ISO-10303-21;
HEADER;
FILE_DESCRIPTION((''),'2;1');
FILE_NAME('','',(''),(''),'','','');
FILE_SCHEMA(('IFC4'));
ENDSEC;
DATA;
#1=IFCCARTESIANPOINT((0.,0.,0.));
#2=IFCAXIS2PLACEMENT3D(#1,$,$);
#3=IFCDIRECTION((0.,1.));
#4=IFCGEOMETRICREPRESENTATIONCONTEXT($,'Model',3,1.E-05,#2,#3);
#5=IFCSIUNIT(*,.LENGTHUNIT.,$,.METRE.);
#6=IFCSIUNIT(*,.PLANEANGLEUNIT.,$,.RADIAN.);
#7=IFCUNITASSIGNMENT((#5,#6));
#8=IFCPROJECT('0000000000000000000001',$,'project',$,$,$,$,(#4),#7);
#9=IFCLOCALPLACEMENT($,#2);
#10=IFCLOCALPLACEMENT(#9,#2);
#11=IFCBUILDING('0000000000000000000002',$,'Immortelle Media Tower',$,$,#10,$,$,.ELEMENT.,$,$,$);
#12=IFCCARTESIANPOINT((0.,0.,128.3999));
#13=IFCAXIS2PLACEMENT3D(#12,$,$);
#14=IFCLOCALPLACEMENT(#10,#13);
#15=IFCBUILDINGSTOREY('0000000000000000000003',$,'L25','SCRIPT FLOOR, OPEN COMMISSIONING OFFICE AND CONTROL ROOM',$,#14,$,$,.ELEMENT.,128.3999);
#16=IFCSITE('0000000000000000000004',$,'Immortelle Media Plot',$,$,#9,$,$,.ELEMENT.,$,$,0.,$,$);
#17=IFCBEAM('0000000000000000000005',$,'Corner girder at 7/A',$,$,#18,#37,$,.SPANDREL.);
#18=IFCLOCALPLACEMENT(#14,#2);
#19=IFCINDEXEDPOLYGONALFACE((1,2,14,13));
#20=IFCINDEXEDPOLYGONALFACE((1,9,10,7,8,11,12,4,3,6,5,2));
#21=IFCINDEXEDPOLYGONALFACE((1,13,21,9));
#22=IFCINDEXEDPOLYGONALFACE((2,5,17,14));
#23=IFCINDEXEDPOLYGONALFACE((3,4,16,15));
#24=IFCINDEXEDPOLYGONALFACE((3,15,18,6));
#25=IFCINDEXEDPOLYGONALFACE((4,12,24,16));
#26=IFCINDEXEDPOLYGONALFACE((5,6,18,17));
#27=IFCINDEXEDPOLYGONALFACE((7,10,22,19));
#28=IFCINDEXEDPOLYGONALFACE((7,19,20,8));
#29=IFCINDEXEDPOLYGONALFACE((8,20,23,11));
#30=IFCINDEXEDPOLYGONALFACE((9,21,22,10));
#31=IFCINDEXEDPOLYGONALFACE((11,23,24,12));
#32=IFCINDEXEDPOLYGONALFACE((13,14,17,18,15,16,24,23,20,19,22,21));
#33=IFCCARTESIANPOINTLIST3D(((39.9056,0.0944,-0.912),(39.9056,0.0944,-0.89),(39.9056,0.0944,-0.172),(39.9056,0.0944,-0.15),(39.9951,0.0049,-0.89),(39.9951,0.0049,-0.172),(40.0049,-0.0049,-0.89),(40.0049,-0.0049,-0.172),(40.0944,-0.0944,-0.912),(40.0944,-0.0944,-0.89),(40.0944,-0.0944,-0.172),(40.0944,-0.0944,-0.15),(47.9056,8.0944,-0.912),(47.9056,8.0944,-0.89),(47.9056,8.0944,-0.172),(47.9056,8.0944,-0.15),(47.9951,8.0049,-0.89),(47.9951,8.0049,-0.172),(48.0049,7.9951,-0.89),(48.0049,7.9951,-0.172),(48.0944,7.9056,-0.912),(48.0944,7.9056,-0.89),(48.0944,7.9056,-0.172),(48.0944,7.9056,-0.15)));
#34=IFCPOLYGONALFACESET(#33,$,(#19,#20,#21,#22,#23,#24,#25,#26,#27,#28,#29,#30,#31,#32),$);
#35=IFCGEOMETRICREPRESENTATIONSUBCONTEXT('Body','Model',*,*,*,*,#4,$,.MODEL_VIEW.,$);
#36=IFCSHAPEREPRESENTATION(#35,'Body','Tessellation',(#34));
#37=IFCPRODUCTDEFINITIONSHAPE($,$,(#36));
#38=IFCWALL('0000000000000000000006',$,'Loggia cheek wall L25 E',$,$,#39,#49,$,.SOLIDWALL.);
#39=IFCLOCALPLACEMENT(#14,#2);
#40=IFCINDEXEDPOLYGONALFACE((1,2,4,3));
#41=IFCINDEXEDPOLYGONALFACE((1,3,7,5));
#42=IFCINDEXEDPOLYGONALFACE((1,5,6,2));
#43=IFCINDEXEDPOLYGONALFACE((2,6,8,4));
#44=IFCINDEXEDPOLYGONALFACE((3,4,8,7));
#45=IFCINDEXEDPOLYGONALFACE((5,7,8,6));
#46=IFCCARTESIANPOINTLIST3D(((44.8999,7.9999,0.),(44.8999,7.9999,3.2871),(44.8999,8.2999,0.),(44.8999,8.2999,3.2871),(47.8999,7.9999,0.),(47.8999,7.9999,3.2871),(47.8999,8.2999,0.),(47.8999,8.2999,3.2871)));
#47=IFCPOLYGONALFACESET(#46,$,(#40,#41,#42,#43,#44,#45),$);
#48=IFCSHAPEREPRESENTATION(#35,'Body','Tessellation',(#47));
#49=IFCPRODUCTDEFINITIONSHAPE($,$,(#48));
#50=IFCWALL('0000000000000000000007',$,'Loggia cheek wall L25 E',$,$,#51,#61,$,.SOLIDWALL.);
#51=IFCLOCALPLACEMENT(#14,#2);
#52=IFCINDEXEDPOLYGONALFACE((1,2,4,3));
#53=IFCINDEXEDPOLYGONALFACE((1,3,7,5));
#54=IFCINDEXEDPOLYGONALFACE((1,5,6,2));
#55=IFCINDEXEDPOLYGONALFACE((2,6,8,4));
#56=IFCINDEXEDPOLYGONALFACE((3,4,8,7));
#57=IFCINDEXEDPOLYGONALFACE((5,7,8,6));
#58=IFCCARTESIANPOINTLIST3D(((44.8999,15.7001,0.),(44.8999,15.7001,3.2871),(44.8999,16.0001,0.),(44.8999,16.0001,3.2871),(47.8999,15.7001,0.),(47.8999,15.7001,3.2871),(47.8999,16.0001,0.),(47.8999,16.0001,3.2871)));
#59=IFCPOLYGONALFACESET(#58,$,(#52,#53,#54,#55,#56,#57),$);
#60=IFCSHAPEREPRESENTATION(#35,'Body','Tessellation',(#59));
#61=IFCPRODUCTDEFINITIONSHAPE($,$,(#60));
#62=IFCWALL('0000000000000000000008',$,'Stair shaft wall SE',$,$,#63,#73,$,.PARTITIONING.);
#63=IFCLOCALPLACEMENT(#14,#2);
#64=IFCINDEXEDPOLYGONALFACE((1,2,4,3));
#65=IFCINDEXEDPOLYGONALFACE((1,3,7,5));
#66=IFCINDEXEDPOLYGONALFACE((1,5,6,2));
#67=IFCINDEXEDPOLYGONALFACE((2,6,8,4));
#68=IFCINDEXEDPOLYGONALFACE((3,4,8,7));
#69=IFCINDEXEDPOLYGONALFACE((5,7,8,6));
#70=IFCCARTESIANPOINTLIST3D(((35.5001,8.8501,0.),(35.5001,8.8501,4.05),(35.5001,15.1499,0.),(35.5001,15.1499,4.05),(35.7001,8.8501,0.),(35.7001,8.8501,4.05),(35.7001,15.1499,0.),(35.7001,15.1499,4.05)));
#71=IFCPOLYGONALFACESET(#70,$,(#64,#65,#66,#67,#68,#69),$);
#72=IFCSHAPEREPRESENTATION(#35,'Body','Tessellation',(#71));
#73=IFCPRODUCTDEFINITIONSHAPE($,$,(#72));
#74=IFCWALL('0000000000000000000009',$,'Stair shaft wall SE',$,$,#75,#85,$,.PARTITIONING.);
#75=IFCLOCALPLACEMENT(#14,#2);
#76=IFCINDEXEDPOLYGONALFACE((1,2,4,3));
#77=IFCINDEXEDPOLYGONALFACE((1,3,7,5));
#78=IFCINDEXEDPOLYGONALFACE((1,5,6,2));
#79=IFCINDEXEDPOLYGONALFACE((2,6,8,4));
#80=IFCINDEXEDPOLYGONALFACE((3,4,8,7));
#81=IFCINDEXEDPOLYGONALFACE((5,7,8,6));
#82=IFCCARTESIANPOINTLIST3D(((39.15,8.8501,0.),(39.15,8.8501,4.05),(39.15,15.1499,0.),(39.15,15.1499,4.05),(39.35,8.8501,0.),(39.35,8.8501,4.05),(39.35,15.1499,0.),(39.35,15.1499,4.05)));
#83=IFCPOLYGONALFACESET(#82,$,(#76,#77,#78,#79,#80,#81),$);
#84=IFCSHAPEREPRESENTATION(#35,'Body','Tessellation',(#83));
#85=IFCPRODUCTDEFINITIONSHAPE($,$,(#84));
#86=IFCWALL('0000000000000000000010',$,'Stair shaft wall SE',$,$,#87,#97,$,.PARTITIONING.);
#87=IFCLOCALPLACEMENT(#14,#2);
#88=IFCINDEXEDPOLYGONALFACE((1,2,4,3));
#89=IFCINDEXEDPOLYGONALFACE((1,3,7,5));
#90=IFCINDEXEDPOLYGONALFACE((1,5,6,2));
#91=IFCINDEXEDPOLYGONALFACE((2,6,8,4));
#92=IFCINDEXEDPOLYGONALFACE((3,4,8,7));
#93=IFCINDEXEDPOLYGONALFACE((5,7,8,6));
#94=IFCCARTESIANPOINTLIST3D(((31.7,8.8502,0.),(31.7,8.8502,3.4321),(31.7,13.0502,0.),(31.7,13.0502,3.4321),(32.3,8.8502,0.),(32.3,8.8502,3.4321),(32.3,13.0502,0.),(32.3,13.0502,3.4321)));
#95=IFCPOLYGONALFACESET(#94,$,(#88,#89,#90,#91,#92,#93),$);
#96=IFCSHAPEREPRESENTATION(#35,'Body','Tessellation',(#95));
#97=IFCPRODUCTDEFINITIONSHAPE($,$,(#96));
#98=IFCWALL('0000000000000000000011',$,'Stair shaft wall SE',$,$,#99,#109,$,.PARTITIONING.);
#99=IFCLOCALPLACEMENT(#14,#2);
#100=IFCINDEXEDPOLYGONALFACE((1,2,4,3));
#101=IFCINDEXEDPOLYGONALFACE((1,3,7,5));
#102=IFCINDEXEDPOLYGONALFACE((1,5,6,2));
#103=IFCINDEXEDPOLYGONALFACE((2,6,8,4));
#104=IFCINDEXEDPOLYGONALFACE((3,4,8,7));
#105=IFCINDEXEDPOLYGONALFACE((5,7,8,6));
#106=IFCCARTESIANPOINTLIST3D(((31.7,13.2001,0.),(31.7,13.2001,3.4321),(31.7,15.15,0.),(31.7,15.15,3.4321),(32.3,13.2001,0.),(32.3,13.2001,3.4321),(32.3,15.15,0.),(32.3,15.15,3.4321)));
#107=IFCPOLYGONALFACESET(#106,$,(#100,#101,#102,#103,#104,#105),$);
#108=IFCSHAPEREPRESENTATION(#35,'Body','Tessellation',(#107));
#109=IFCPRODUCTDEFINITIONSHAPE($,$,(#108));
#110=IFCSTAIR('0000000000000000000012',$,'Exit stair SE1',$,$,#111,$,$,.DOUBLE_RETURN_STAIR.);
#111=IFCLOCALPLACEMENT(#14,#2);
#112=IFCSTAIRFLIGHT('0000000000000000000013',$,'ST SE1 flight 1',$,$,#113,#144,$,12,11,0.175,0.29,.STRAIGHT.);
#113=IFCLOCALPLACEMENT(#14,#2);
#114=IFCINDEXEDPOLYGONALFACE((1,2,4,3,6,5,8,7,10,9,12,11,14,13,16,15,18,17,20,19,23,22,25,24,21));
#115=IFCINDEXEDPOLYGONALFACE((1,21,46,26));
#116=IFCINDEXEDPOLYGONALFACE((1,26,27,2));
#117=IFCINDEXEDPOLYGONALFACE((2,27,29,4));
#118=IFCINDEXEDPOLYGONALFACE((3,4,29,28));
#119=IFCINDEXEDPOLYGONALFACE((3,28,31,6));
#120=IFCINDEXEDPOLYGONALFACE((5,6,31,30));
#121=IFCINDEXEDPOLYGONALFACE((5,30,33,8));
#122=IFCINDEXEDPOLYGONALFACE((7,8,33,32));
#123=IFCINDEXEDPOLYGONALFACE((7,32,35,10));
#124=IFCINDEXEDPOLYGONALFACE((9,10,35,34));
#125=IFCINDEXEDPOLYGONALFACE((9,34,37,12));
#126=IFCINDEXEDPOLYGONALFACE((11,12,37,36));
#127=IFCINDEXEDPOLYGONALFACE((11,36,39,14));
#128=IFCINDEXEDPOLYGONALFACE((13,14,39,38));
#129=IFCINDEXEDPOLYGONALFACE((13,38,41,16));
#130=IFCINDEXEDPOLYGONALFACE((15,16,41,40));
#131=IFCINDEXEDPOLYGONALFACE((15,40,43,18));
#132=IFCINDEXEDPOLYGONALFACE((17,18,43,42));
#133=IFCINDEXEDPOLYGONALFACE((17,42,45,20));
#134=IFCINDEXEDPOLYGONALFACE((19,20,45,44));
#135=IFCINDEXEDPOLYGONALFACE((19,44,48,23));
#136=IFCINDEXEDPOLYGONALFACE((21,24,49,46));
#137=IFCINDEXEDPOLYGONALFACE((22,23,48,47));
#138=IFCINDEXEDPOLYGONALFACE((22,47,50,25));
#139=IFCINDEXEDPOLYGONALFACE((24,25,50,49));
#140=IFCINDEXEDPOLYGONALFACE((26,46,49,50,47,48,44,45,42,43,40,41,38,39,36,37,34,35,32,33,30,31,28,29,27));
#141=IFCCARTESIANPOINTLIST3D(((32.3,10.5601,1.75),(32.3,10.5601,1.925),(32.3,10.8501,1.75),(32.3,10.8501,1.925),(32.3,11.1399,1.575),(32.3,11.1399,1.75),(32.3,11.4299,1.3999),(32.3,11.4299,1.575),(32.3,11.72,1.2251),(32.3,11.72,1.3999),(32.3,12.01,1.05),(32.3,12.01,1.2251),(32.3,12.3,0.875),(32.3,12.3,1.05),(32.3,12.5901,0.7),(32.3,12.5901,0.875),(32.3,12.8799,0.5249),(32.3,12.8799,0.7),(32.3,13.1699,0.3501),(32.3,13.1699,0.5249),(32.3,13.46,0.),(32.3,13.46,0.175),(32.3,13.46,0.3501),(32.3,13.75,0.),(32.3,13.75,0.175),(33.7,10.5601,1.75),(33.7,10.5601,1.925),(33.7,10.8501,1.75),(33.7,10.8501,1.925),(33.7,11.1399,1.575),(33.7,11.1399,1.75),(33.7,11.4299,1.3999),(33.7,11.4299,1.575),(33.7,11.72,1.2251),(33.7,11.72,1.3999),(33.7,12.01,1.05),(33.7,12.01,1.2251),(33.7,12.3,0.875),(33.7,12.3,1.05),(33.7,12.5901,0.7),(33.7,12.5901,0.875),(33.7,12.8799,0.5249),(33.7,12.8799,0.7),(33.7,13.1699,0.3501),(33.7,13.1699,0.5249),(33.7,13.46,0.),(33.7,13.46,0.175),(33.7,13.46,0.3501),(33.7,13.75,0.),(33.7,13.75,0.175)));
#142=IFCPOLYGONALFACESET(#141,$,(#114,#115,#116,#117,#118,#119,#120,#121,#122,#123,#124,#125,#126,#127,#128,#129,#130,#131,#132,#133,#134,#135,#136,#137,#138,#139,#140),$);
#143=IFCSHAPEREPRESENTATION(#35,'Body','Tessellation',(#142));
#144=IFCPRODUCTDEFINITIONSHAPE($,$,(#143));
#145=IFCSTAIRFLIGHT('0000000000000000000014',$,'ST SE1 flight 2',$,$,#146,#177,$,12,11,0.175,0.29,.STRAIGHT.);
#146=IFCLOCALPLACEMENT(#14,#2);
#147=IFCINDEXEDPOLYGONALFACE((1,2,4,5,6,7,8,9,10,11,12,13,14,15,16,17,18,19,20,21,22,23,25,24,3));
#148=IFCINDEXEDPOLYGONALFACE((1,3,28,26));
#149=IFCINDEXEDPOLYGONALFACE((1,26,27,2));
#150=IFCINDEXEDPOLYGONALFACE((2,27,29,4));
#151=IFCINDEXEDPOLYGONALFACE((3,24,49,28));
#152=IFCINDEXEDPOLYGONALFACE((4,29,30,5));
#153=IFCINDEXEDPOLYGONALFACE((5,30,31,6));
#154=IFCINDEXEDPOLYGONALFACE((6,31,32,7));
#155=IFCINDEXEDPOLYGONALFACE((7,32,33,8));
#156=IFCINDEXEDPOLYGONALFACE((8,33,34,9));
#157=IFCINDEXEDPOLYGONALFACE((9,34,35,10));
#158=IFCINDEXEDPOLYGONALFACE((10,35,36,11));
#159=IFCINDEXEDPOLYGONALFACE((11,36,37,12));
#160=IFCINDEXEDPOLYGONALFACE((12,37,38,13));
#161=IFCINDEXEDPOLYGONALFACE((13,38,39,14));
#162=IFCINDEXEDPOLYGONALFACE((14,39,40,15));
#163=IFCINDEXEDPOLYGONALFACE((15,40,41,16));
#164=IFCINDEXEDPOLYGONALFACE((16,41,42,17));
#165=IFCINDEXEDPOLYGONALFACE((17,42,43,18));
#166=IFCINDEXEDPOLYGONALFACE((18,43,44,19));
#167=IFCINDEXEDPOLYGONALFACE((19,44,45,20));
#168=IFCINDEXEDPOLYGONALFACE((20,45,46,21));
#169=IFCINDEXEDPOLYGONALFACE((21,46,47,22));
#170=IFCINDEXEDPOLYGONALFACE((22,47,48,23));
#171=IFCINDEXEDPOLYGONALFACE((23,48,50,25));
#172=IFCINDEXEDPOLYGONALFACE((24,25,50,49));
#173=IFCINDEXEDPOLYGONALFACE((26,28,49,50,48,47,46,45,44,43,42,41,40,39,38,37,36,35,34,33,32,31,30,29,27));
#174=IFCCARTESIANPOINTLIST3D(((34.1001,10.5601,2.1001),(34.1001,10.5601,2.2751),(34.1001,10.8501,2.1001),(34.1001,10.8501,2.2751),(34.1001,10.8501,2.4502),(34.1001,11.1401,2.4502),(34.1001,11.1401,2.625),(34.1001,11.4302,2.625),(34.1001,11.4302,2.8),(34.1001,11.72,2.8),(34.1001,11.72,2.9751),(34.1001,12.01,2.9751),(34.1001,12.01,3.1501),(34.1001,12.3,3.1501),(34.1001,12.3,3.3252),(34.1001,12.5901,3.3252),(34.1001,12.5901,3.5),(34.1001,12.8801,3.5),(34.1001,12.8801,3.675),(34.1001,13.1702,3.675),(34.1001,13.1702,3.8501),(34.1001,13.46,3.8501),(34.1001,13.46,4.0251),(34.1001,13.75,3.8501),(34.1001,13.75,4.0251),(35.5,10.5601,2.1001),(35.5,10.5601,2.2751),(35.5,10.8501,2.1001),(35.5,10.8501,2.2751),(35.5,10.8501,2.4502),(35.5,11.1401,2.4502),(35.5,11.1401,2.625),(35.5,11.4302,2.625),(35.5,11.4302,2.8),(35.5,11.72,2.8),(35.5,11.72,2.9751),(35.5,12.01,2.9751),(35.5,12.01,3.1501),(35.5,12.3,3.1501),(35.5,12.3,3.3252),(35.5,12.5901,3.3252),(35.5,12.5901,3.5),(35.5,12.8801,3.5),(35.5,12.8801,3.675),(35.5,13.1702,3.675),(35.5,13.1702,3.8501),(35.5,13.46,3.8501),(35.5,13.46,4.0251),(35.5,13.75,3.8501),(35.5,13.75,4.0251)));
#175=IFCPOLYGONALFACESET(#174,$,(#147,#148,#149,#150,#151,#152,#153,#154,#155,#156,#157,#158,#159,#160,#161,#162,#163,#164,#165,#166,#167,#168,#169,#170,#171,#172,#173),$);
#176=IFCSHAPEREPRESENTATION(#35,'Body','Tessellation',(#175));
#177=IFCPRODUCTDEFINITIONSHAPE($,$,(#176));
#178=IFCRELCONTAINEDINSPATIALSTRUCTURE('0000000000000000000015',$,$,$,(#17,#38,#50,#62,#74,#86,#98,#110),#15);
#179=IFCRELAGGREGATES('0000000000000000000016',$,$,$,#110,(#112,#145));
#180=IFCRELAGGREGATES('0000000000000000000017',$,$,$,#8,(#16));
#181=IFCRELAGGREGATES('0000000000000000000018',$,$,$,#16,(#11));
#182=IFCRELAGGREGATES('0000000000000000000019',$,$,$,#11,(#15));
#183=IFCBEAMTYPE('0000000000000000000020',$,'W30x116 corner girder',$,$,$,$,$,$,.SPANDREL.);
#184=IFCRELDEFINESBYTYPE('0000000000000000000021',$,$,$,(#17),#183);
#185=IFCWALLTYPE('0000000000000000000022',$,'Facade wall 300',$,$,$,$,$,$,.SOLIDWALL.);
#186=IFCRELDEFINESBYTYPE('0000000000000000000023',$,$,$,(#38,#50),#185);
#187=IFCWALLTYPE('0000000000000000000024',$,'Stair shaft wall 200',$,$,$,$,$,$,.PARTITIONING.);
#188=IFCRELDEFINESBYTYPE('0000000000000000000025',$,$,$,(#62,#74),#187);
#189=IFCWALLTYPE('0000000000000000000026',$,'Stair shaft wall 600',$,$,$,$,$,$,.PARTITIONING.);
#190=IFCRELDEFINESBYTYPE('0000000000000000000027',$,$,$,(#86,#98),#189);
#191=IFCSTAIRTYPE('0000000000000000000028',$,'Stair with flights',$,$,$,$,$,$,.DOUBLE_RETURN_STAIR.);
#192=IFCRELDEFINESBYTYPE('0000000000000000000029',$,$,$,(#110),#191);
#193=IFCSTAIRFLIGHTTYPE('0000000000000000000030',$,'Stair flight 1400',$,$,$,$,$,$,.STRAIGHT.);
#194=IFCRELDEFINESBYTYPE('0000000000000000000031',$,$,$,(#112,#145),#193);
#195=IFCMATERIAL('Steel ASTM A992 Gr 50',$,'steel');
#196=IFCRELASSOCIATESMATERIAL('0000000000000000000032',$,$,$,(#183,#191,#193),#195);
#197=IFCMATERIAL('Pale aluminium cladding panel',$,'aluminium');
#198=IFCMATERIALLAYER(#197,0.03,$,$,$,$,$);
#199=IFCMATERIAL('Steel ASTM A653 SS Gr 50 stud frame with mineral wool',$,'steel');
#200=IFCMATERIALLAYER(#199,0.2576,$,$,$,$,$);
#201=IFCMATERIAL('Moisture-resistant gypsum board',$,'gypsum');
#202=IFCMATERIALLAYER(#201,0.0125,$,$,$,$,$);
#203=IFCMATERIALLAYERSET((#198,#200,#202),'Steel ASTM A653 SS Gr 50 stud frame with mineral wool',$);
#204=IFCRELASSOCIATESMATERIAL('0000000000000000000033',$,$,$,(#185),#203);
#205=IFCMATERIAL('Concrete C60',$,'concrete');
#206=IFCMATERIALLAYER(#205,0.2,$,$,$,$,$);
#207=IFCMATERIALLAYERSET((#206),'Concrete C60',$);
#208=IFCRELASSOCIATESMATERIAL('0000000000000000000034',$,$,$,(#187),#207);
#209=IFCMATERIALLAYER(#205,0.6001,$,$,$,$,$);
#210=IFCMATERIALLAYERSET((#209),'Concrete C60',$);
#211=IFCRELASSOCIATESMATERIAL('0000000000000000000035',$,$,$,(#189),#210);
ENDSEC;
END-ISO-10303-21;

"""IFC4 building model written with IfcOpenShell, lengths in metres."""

from ifc_helpers import new_model, si_unit, direction, frame, frame_2d, origin, origin_2d, place, context, subcontext, project, spatial, polyline, rectangle, i_section, outline, extrude, material, layer, layer_set, material_profile, profile_set, type_object, element, aggregate, save


model = new_model("IFC4")

# Units and contexts
model_context = context("Model", 3, precision=1e-05, world=origin(), true_north=direction((0.0, 1.0)))
body_context = subcontext(model_context, "Body", "Model", "MODEL_VIEW")
ifc_project = project(units=[si_unit("LENGTHUNIT", "METRE"), si_unit("PLANEANGLEUNIT", "RADIAN")], contexts=[model_context])

# Site, building, storey
site_placement = place(None, origin())
site = spatial("IfcSite", under=ifc_project, at=site_placement, Name="Immortelle Media Plot", CompositionType="ELEMENT", RefElevation=0.0)
building_placement = place(site_placement, origin())
building = spatial("IfcBuilding", under=site, at=building_placement, Name="Immortelle Media Tower", CompositionType="ELEMENT")
storey_placement = place(building_placement, frame((0.0, 0.0, 128.3999)))
storey = spatial("IfcBuildingStorey", under=building, at=storey_placement, Name="L25", Description="SCRIPT FLOOR, OPEN COMMISSIONING OFFICE AND CONTROL ROOM", CompositionType="ELEMENT", Elevation=128.3999)

# Shared definitions
ifc_material_1 = material(Name="Steel ASTM A992 Gr 50", Category="steel")

# Beam
ifc_material_profile_1 = material_profile(ifc_material_1, i_section(OverallWidth=0.2671, OverallDepth=0.762, WebThickness=0.0139, FlangeThickness=0.022, at=origin_2d()), Name="W30x116")
ifc_profile_set_1 = profile_set([ifc_material_profile_1], Name="Steel ASTM A992 Gr 50")
beam_type_1 = type_object("IfcBeamType", Name="W30x116 corner girder", PredefinedType="SPANDREL", material=ifc_profile_set_1)
beam_1_placement = place(storey_placement, frame((48.0, 8.0, -0.531), z_axis=(-0.707107, -0.707107, 0.0), x_axis=(0.707107, -0.707107, 0.0)))
element("IfcBeam", 1, at=beam_1_placement, inside=storey, type_object=beam_type_1, Name="Corner girder at 7/A", PredefinedType="SPANDREL", context=body_context, shape_type="SweptSolid", body=[
    extrude(i_section(OverallWidth=0.2671, OverallDepth=0.762, WebThickness=0.0139, FlangeThickness=0.022, at=origin_2d()), origin(), (0.0, 0.0, 1.0), 11.3137),
])

# Shared definitions
ifc_material_2 = material(Name="Pale aluminium cladding panel", Category="aluminium")
ifc_layer_1 = layer(ifc_material_2, 0.03)
ifc_material_3 = material(Name="Steel ASTM A653 SS Gr 50 stud frame with mineral wool", Category="steel")
ifc_layer_2 = layer(ifc_material_3, 0.2576)
ifc_material_4 = material(Name="Moisture-resistant gypsum board", Category="gypsum")
ifc_layer_3 = layer(ifc_material_4, 0.0125)
ifc_layer_set_1 = layer_set([ifc_layer_1, ifc_layer_2, ifc_layer_3], Name="Steel ASTM A653 SS Gr 50 stud frame with mineral wool")
wall_type_1 = type_object("IfcWallType", Name="Facade wall 300", PredefinedType="SOLIDWALL", material=ifc_layer_set_1)

# Walls
for number, where, z_axis, x_axis, name in (
    (2, (47.8999, 8.1499, 0.0), (0.0, 0.0, 1.0), (-1.0, 0.0, 0.0), "Loggia cheek wall L25 E"),
    (3, (47.8999, 15.8501, 0.0), (0.0, 0.0, 1.0), (-1.0, 0.0, 0.0), "Loggia cheek wall L25 E"),
):
    element("IfcWall", number, at=place(storey_placement, frame(where, z_axis=z_axis, x_axis=x_axis)), inside=storey, type_object=wall_type_1, Name=name, PredefinedType="SOLIDWALL", context=body_context, shape_type="SweptSolid", body=[
        extrude(rectangle(XDim=3.0, YDim=0.3, at=frame_2d((1.5, 0.0))), origin(), (0.0, 0.0, 1.0), 3.2871),
    ])
ifc_material_5 = material(Name="Concrete C60", Category="concrete")
ifc_layer_4 = layer(ifc_material_5, 0.2)
ifc_layer_set_2 = layer_set([ifc_layer_4], Name="Concrete C60")
wall_type_2 = type_object("IfcWallType", Name="Stair shaft wall 200", PredefinedType="PARTITIONING", material=ifc_layer_set_2)
for number, where, z_axis, x_axis, name in (
    (4, (35.6001, 8.8501, 0.0), (0.0, 0.0, 1.0), (0.0, 1.0, 0.0), "Stair shaft wall SE"),
    (5, (39.25, 8.8501, 0.0), (0.0, 0.0, 1.0), (0.0, 1.0, 0.0), "Stair shaft wall SE"),
):
    element("IfcWall", number, at=place(storey_placement, frame(where, z_axis=z_axis, x_axis=x_axis)), inside=storey, type_object=wall_type_2, Name=name, PredefinedType="PARTITIONING", context=body_context, shape_type="SweptSolid", body=[
        extrude(rectangle(XDim=6.2998, YDim=0.2, at=frame_2d((3.1499, 0.0))), origin(), (0.0, 0.0, 1.0), 4.05),
    ])
ifc_layer_5 = layer(ifc_material_5, 0.6001)
ifc_layer_set_3 = layer_set([ifc_layer_5], Name="Concrete C60")
wall_type_3 = type_object("IfcWallType", Name="Stair shaft wall 600", PredefinedType="PARTITIONING", material=ifc_layer_set_3)
wall_1_placement = place(storey_placement, frame((32.0, 8.8501, 0.0), z_axis=(0.0, 0.0, 1.0), x_axis=(0.0, 1.0, 0.0)))
element("IfcWall", 6, at=wall_1_placement, inside=storey, type_object=wall_type_3, Name="Stair shaft wall SE", PredefinedType="PARTITIONING", context=body_context, shape_type="SweptSolid", body=[
    extrude(rectangle(XDim=4.2, YDim=0.6001, at=frame_2d((2.1001, 0.0))), origin(), (0.0, 0.0, 1.0), 3.4321),
])
wall_2_placement = place(storey_placement, frame((32.0, 13.2, 0.0), z_axis=(0.0, 0.0, 1.0), x_axis=(0.0, 1.0, 0.0)))
element("IfcWall", 7, at=wall_2_placement, inside=storey, type_object=wall_type_3, Name="Stair shaft wall SE", PredefinedType="PARTITIONING", context=body_context, shape_type="SweptSolid", body=[
    extrude(rectangle(XDim=1.95, YDim=0.6001, at=frame_2d((0.9751, 0.0))), origin(), (0.0, 0.0, 1.0), 3.4321),
])

# Stair, stair flights
stair_type = type_object("IfcStairType", Name="Stair with flights", PredefinedType="DOUBLE_RETURN_STAIR", material=ifc_material_1)
stair_1_placement = place(storey_placement, origin())
stair_1 = element("IfcStair", 8, at=stair_1_placement, inside=storey, type_object=stair_type, Name="Exit stair SE1", PredefinedType="DOUBLE_RETURN_STAIR")
stair_flight_type = type_object("IfcStairFlightType", Name="Stair flight 1400", PredefinedType="STRAIGHT", material=ifc_material_1)
stair_flight_1_placement = place(storey_placement, frame((33.0, 13.75, 0.0), z_axis=(0.0, 0.0, 1.0), x_axis=(0.0, -1.0, 0.0)))
stair_flight_1 = element("IfcStairFlight", 9, at=stair_flight_1_placement, type_object=stair_flight_type, Name="ST SE1 flight 1", NumberOfRisers=12, NumberOfTreads=11, PredefinedType="STRAIGHT", RiserHeight=0.175, TreadLength=0.29, context=body_context, shape_type="SweptSolid", body=[
    extrude(outline(polyline([(0.0, 0.0), (0.0, 0.175), (0.29, 0.175), (0.29, 0.3501), (0.5801, 0.3501), (0.5801, 0.5249), (0.8701, 0.5249), (0.8701, 0.7), (1.1599, 0.7), (1.1599, 0.875), (1.45, 0.875), (1.45, 1.05), (1.74, 1.05), (1.74, 1.2251), (2.03, 1.2251), (2.03, 1.3999), (2.3201, 1.3999), (2.3201, 1.575), (2.6101, 1.575), (2.6101, 1.75), (2.8999, 1.75), (2.8999, 1.925), (3.1899, 1.925), (3.1899, 2.1001), (3.1899, 1.75), (0.29, 0.0), (0.0, 0.0)])), frame((0.0, 0.7, 0.0), z_axis=(0.0, -1.0, 0.0), x_axis=(1.0, 0.0, 0.0)), (0.0, 0.0, 1.0), 1.3999),
])
stair_flight_2_placement = place(storey_placement, frame((34.8, 10.5601, 2.1001), z_axis=(0.0, 0.0, 1.0), x_axis=(0.0, 1.0, 0.0)))
stair_flight_2 = element("IfcStairFlight", 10, at=stair_flight_2_placement, type_object=stair_flight_type, Name="ST SE1 flight 2", NumberOfRisers=12, NumberOfTreads=11, PredefinedType="STRAIGHT", RiserHeight=0.175, TreadLength=0.29, context=body_context, shape_type="SweptSolid", body=[
    extrude(outline(polyline([(0.0, 0.0), (0.0, 0.175), (0.29, 0.175), (0.29, 0.3501), (0.5801, 0.3501), (0.5801, 0.5249), (0.8701, 0.5249), (0.8701, 0.7), (1.1599, 0.7), (1.1599, 0.875), (1.45, 0.875), (1.45, 1.05), (1.74, 1.05), (1.74, 1.2251), (2.03, 1.2251), (2.03, 1.3999), (2.3201, 1.3999), (2.3201, 1.575), (2.6101, 1.575), (2.6101, 1.75), (2.8999, 1.75), (2.8999, 1.925), (3.1899, 1.925), (3.1899, 2.1001), (3.1899, 1.75), (0.29, 0.0), (0.0, 0.0)])), frame((0.0, 0.7, 0.0), z_axis=(0.0, -1.0, 0.0), x_axis=(1.0, 0.0, 0.0)), (0.0, 0.0, 1.0), 1.3999),
])
aggregate(stair_1, [stair_flight_1, stair_flight_2])

save(model, "model.ifc")
